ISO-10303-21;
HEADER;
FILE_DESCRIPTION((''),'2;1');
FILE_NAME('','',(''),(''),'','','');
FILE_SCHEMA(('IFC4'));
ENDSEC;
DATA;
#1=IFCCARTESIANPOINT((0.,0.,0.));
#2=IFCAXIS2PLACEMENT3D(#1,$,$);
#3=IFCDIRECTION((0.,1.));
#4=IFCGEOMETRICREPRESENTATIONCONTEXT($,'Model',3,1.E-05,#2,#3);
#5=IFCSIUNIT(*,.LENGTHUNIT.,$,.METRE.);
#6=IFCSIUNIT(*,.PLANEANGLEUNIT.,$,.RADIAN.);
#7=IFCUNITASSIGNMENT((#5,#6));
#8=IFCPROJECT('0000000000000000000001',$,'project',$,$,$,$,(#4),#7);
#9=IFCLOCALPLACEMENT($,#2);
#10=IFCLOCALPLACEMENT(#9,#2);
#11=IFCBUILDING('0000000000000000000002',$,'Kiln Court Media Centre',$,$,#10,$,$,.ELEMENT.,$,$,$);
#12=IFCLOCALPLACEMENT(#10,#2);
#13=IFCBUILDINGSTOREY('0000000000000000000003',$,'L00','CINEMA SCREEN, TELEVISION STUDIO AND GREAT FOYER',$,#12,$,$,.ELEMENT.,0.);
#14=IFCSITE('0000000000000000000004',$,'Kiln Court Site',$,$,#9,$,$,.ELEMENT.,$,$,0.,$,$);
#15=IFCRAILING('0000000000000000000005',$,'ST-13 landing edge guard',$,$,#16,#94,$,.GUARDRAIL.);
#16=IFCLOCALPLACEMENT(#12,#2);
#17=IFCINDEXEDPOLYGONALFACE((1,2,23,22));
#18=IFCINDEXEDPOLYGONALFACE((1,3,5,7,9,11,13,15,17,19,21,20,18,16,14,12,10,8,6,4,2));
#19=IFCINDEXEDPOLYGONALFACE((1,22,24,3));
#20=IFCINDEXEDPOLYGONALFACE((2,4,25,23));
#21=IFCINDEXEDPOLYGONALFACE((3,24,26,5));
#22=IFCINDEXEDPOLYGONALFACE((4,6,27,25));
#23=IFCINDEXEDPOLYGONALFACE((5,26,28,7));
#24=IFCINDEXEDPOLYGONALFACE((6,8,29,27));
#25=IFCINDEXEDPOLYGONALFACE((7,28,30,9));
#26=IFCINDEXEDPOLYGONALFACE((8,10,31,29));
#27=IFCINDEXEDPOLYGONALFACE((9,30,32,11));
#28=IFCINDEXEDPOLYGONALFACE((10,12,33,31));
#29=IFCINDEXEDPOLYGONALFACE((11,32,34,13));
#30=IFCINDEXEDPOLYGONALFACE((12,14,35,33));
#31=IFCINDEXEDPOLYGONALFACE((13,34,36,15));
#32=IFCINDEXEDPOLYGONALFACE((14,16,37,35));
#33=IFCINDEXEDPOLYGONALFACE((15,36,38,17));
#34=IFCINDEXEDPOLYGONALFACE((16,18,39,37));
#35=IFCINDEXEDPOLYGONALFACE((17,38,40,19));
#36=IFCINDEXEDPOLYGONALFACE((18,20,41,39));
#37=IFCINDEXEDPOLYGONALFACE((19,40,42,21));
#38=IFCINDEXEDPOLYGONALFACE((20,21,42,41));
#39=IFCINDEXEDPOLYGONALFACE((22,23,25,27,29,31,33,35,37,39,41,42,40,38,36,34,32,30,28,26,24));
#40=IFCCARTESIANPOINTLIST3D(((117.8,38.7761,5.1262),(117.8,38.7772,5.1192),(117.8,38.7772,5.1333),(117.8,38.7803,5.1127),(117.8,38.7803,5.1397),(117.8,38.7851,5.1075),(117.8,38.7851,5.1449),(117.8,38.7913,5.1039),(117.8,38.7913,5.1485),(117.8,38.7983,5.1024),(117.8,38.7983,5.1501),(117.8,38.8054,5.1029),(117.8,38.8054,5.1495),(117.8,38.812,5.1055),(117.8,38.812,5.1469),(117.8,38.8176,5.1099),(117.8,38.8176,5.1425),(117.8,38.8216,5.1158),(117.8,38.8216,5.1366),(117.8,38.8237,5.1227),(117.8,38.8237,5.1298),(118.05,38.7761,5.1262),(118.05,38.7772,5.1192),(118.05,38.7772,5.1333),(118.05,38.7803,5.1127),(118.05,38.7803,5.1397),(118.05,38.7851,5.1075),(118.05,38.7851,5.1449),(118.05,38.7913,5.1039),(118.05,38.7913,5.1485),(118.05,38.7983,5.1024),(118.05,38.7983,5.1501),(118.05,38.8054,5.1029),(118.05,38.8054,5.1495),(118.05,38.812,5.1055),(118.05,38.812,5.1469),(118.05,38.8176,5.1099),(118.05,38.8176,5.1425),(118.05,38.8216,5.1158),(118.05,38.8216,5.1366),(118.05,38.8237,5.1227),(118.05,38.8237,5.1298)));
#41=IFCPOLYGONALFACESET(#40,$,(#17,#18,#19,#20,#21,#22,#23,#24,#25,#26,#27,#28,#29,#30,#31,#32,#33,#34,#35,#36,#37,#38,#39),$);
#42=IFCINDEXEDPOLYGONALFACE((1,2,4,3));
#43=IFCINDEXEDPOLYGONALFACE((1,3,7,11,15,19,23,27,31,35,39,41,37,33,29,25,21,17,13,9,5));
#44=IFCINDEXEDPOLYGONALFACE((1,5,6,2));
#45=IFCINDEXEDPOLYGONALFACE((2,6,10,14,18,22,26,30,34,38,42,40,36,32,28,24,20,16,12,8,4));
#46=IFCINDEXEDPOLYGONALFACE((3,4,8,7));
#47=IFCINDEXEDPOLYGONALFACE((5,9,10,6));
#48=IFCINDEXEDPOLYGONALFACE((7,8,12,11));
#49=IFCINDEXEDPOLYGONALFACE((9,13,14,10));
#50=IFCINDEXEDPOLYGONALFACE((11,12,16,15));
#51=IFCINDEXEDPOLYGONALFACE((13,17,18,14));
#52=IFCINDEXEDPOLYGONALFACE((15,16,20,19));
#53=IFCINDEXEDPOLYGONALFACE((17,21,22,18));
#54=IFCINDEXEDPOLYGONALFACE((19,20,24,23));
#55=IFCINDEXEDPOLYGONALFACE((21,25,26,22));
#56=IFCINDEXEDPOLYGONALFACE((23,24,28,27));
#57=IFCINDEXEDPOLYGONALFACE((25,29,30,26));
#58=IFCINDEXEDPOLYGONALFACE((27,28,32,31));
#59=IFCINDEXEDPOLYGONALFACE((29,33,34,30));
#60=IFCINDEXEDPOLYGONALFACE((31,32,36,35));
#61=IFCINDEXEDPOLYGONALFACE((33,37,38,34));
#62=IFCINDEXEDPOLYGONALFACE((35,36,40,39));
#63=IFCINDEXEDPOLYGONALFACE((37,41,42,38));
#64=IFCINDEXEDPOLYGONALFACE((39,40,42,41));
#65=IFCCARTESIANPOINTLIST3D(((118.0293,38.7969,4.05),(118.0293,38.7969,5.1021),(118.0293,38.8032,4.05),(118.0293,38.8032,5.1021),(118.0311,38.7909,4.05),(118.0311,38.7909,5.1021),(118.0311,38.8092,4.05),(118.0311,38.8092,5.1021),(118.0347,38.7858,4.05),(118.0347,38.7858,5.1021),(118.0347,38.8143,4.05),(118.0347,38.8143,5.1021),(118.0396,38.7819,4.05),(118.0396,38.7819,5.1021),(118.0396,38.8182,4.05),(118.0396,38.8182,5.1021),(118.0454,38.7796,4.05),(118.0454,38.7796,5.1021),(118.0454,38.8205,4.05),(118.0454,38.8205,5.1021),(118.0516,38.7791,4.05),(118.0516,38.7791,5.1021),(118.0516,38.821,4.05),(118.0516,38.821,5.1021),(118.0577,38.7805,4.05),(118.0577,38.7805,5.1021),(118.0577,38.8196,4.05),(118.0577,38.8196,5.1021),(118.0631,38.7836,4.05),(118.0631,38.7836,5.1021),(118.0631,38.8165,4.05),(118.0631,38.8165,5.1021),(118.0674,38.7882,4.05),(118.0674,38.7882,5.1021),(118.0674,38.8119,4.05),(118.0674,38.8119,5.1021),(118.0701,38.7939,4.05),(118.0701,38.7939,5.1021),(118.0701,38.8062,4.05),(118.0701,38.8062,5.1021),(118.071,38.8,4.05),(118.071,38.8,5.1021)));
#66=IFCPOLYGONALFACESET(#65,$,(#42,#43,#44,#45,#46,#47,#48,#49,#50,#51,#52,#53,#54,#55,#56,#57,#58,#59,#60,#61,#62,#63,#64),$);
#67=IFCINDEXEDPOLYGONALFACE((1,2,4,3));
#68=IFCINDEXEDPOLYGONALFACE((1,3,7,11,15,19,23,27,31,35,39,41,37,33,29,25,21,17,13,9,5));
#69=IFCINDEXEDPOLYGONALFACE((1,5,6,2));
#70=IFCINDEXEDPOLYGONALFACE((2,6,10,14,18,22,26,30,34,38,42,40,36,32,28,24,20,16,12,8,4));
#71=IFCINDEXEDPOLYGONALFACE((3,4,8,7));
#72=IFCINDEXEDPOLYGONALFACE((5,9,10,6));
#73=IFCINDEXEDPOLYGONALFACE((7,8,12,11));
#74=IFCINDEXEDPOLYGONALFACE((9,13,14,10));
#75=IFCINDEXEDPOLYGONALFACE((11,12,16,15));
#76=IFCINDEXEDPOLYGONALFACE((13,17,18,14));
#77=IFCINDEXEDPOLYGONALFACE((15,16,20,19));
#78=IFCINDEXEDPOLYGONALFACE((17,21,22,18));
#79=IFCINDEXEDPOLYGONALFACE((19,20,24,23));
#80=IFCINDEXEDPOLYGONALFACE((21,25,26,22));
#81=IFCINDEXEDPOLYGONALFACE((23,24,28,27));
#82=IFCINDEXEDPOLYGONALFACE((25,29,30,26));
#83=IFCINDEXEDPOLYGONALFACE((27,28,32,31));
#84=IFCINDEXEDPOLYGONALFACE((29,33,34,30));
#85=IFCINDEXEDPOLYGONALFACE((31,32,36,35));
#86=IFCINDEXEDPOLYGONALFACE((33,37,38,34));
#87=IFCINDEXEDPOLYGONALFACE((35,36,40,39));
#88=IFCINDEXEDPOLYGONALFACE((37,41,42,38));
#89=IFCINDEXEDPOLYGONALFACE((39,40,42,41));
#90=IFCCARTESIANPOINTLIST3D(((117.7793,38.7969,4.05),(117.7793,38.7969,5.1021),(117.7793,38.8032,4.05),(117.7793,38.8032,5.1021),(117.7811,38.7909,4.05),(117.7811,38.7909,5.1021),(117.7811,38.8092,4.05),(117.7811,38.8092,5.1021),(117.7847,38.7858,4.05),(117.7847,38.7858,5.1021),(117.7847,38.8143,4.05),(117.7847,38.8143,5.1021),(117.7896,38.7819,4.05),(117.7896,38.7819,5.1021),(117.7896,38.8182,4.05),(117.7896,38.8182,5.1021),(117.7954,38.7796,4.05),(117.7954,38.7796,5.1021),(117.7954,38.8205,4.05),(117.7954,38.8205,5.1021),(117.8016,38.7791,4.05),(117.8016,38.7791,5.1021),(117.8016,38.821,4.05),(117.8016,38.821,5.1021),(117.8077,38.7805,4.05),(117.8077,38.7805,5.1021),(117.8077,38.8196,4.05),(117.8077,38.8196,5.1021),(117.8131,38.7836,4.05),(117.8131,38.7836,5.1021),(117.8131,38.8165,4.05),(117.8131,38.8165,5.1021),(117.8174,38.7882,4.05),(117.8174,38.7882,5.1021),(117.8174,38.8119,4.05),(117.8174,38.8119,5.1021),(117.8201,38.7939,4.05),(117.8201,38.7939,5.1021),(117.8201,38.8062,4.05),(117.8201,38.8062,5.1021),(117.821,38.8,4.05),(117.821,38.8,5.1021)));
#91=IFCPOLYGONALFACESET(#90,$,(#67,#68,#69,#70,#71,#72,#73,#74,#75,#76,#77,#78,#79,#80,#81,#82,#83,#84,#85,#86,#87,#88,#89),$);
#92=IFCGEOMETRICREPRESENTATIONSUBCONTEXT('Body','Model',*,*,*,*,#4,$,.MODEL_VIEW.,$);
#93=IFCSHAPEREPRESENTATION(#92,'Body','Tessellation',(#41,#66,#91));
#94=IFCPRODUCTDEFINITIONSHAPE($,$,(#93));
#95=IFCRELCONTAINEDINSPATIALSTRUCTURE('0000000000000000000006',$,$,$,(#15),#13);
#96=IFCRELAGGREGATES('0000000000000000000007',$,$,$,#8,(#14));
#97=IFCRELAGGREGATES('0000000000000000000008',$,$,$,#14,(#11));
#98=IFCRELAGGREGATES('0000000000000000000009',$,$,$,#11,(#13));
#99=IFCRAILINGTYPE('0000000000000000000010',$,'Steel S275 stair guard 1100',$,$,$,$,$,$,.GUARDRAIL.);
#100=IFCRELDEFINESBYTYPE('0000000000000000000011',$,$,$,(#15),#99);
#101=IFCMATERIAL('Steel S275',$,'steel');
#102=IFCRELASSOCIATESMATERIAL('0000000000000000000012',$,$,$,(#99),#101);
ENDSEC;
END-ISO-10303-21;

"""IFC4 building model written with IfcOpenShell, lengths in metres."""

from ifc_helpers import new_model, si_unit, direction, frame, origin, origin_2d, place, context, subcontext, project, spatial, circle, extrude, material, type_object, element, save


model = new_model("IFC4")

# Units and contexts
model_context = context("Model", 3, precision=1e-05, world=origin(), true_north=direction((0.0, 1.0)))
body_context = subcontext(model_context, "Body", "Model", "MODEL_VIEW")
ifc_project = project(units=[si_unit("LENGTHUNIT", "METRE"), si_unit("PLANEANGLEUNIT", "RADIAN")], contexts=[model_context])

# Site, building, storey
site_placement = place(None, origin())
site = spatial("IfcSite", under=ifc_project, at=site_placement, Name="Kiln Court Site", CompositionType="ELEMENT", RefElevation=0.0)
building_placement = place(site_placement, origin())
building = spatial("IfcBuilding", under=site, at=building_placement, Name="Kiln Court Media Centre", CompositionType="ELEMENT")
storey_placement = place(building_placement, origin())
storey = spatial("IfcBuildingStorey", under=building, at=storey_placement, Name="L00", Description="CINEMA SCREEN, TELEVISION STUDIO AND GREAT FOYER", CompositionType="ELEMENT", Elevation=0.0)

# Railing
ifc_material_1 = material(Name="Steel S275", Category="steel")
railing_type_1 = type_object("IfcRailingType", Name="Steel S275 stair guard 1100", PredefinedType="GUARDRAIL", material=ifc_material_1)
for number, where, name in (
    (1, (118.05, 38.8, 4.05), "ST-13 landing edge guard"),
):
    element("IfcRailing", number, at=place(storey_placement, frame(where)), inside=storey, type_object=railing_type_1, Name=name, PredefinedType="GUARDRAIL", context=body_context, shape_type="SweptSolid", body=[
        extrude(circle(Radius=0.0239, at=origin_2d()), frame((0.0, 0.0, 1.0762), z_axis=(-1.0, 0.0, 0.0), x_axis=(0.0, -1.0, 0.0)), (0.0, 0.0, 1.0), 0.25),
        extrude(circle(Radius=0.021, at=origin_2d()), origin(), (0.0, 0.0, 1.0), 1.052),
        extrude(circle(Radius=0.021, at=origin_2d()), frame((-0.25, 0.0, 0.0)), (0.0, 0.0, 1.0), 1.052),
    ])

save(model, "model.ifc")
